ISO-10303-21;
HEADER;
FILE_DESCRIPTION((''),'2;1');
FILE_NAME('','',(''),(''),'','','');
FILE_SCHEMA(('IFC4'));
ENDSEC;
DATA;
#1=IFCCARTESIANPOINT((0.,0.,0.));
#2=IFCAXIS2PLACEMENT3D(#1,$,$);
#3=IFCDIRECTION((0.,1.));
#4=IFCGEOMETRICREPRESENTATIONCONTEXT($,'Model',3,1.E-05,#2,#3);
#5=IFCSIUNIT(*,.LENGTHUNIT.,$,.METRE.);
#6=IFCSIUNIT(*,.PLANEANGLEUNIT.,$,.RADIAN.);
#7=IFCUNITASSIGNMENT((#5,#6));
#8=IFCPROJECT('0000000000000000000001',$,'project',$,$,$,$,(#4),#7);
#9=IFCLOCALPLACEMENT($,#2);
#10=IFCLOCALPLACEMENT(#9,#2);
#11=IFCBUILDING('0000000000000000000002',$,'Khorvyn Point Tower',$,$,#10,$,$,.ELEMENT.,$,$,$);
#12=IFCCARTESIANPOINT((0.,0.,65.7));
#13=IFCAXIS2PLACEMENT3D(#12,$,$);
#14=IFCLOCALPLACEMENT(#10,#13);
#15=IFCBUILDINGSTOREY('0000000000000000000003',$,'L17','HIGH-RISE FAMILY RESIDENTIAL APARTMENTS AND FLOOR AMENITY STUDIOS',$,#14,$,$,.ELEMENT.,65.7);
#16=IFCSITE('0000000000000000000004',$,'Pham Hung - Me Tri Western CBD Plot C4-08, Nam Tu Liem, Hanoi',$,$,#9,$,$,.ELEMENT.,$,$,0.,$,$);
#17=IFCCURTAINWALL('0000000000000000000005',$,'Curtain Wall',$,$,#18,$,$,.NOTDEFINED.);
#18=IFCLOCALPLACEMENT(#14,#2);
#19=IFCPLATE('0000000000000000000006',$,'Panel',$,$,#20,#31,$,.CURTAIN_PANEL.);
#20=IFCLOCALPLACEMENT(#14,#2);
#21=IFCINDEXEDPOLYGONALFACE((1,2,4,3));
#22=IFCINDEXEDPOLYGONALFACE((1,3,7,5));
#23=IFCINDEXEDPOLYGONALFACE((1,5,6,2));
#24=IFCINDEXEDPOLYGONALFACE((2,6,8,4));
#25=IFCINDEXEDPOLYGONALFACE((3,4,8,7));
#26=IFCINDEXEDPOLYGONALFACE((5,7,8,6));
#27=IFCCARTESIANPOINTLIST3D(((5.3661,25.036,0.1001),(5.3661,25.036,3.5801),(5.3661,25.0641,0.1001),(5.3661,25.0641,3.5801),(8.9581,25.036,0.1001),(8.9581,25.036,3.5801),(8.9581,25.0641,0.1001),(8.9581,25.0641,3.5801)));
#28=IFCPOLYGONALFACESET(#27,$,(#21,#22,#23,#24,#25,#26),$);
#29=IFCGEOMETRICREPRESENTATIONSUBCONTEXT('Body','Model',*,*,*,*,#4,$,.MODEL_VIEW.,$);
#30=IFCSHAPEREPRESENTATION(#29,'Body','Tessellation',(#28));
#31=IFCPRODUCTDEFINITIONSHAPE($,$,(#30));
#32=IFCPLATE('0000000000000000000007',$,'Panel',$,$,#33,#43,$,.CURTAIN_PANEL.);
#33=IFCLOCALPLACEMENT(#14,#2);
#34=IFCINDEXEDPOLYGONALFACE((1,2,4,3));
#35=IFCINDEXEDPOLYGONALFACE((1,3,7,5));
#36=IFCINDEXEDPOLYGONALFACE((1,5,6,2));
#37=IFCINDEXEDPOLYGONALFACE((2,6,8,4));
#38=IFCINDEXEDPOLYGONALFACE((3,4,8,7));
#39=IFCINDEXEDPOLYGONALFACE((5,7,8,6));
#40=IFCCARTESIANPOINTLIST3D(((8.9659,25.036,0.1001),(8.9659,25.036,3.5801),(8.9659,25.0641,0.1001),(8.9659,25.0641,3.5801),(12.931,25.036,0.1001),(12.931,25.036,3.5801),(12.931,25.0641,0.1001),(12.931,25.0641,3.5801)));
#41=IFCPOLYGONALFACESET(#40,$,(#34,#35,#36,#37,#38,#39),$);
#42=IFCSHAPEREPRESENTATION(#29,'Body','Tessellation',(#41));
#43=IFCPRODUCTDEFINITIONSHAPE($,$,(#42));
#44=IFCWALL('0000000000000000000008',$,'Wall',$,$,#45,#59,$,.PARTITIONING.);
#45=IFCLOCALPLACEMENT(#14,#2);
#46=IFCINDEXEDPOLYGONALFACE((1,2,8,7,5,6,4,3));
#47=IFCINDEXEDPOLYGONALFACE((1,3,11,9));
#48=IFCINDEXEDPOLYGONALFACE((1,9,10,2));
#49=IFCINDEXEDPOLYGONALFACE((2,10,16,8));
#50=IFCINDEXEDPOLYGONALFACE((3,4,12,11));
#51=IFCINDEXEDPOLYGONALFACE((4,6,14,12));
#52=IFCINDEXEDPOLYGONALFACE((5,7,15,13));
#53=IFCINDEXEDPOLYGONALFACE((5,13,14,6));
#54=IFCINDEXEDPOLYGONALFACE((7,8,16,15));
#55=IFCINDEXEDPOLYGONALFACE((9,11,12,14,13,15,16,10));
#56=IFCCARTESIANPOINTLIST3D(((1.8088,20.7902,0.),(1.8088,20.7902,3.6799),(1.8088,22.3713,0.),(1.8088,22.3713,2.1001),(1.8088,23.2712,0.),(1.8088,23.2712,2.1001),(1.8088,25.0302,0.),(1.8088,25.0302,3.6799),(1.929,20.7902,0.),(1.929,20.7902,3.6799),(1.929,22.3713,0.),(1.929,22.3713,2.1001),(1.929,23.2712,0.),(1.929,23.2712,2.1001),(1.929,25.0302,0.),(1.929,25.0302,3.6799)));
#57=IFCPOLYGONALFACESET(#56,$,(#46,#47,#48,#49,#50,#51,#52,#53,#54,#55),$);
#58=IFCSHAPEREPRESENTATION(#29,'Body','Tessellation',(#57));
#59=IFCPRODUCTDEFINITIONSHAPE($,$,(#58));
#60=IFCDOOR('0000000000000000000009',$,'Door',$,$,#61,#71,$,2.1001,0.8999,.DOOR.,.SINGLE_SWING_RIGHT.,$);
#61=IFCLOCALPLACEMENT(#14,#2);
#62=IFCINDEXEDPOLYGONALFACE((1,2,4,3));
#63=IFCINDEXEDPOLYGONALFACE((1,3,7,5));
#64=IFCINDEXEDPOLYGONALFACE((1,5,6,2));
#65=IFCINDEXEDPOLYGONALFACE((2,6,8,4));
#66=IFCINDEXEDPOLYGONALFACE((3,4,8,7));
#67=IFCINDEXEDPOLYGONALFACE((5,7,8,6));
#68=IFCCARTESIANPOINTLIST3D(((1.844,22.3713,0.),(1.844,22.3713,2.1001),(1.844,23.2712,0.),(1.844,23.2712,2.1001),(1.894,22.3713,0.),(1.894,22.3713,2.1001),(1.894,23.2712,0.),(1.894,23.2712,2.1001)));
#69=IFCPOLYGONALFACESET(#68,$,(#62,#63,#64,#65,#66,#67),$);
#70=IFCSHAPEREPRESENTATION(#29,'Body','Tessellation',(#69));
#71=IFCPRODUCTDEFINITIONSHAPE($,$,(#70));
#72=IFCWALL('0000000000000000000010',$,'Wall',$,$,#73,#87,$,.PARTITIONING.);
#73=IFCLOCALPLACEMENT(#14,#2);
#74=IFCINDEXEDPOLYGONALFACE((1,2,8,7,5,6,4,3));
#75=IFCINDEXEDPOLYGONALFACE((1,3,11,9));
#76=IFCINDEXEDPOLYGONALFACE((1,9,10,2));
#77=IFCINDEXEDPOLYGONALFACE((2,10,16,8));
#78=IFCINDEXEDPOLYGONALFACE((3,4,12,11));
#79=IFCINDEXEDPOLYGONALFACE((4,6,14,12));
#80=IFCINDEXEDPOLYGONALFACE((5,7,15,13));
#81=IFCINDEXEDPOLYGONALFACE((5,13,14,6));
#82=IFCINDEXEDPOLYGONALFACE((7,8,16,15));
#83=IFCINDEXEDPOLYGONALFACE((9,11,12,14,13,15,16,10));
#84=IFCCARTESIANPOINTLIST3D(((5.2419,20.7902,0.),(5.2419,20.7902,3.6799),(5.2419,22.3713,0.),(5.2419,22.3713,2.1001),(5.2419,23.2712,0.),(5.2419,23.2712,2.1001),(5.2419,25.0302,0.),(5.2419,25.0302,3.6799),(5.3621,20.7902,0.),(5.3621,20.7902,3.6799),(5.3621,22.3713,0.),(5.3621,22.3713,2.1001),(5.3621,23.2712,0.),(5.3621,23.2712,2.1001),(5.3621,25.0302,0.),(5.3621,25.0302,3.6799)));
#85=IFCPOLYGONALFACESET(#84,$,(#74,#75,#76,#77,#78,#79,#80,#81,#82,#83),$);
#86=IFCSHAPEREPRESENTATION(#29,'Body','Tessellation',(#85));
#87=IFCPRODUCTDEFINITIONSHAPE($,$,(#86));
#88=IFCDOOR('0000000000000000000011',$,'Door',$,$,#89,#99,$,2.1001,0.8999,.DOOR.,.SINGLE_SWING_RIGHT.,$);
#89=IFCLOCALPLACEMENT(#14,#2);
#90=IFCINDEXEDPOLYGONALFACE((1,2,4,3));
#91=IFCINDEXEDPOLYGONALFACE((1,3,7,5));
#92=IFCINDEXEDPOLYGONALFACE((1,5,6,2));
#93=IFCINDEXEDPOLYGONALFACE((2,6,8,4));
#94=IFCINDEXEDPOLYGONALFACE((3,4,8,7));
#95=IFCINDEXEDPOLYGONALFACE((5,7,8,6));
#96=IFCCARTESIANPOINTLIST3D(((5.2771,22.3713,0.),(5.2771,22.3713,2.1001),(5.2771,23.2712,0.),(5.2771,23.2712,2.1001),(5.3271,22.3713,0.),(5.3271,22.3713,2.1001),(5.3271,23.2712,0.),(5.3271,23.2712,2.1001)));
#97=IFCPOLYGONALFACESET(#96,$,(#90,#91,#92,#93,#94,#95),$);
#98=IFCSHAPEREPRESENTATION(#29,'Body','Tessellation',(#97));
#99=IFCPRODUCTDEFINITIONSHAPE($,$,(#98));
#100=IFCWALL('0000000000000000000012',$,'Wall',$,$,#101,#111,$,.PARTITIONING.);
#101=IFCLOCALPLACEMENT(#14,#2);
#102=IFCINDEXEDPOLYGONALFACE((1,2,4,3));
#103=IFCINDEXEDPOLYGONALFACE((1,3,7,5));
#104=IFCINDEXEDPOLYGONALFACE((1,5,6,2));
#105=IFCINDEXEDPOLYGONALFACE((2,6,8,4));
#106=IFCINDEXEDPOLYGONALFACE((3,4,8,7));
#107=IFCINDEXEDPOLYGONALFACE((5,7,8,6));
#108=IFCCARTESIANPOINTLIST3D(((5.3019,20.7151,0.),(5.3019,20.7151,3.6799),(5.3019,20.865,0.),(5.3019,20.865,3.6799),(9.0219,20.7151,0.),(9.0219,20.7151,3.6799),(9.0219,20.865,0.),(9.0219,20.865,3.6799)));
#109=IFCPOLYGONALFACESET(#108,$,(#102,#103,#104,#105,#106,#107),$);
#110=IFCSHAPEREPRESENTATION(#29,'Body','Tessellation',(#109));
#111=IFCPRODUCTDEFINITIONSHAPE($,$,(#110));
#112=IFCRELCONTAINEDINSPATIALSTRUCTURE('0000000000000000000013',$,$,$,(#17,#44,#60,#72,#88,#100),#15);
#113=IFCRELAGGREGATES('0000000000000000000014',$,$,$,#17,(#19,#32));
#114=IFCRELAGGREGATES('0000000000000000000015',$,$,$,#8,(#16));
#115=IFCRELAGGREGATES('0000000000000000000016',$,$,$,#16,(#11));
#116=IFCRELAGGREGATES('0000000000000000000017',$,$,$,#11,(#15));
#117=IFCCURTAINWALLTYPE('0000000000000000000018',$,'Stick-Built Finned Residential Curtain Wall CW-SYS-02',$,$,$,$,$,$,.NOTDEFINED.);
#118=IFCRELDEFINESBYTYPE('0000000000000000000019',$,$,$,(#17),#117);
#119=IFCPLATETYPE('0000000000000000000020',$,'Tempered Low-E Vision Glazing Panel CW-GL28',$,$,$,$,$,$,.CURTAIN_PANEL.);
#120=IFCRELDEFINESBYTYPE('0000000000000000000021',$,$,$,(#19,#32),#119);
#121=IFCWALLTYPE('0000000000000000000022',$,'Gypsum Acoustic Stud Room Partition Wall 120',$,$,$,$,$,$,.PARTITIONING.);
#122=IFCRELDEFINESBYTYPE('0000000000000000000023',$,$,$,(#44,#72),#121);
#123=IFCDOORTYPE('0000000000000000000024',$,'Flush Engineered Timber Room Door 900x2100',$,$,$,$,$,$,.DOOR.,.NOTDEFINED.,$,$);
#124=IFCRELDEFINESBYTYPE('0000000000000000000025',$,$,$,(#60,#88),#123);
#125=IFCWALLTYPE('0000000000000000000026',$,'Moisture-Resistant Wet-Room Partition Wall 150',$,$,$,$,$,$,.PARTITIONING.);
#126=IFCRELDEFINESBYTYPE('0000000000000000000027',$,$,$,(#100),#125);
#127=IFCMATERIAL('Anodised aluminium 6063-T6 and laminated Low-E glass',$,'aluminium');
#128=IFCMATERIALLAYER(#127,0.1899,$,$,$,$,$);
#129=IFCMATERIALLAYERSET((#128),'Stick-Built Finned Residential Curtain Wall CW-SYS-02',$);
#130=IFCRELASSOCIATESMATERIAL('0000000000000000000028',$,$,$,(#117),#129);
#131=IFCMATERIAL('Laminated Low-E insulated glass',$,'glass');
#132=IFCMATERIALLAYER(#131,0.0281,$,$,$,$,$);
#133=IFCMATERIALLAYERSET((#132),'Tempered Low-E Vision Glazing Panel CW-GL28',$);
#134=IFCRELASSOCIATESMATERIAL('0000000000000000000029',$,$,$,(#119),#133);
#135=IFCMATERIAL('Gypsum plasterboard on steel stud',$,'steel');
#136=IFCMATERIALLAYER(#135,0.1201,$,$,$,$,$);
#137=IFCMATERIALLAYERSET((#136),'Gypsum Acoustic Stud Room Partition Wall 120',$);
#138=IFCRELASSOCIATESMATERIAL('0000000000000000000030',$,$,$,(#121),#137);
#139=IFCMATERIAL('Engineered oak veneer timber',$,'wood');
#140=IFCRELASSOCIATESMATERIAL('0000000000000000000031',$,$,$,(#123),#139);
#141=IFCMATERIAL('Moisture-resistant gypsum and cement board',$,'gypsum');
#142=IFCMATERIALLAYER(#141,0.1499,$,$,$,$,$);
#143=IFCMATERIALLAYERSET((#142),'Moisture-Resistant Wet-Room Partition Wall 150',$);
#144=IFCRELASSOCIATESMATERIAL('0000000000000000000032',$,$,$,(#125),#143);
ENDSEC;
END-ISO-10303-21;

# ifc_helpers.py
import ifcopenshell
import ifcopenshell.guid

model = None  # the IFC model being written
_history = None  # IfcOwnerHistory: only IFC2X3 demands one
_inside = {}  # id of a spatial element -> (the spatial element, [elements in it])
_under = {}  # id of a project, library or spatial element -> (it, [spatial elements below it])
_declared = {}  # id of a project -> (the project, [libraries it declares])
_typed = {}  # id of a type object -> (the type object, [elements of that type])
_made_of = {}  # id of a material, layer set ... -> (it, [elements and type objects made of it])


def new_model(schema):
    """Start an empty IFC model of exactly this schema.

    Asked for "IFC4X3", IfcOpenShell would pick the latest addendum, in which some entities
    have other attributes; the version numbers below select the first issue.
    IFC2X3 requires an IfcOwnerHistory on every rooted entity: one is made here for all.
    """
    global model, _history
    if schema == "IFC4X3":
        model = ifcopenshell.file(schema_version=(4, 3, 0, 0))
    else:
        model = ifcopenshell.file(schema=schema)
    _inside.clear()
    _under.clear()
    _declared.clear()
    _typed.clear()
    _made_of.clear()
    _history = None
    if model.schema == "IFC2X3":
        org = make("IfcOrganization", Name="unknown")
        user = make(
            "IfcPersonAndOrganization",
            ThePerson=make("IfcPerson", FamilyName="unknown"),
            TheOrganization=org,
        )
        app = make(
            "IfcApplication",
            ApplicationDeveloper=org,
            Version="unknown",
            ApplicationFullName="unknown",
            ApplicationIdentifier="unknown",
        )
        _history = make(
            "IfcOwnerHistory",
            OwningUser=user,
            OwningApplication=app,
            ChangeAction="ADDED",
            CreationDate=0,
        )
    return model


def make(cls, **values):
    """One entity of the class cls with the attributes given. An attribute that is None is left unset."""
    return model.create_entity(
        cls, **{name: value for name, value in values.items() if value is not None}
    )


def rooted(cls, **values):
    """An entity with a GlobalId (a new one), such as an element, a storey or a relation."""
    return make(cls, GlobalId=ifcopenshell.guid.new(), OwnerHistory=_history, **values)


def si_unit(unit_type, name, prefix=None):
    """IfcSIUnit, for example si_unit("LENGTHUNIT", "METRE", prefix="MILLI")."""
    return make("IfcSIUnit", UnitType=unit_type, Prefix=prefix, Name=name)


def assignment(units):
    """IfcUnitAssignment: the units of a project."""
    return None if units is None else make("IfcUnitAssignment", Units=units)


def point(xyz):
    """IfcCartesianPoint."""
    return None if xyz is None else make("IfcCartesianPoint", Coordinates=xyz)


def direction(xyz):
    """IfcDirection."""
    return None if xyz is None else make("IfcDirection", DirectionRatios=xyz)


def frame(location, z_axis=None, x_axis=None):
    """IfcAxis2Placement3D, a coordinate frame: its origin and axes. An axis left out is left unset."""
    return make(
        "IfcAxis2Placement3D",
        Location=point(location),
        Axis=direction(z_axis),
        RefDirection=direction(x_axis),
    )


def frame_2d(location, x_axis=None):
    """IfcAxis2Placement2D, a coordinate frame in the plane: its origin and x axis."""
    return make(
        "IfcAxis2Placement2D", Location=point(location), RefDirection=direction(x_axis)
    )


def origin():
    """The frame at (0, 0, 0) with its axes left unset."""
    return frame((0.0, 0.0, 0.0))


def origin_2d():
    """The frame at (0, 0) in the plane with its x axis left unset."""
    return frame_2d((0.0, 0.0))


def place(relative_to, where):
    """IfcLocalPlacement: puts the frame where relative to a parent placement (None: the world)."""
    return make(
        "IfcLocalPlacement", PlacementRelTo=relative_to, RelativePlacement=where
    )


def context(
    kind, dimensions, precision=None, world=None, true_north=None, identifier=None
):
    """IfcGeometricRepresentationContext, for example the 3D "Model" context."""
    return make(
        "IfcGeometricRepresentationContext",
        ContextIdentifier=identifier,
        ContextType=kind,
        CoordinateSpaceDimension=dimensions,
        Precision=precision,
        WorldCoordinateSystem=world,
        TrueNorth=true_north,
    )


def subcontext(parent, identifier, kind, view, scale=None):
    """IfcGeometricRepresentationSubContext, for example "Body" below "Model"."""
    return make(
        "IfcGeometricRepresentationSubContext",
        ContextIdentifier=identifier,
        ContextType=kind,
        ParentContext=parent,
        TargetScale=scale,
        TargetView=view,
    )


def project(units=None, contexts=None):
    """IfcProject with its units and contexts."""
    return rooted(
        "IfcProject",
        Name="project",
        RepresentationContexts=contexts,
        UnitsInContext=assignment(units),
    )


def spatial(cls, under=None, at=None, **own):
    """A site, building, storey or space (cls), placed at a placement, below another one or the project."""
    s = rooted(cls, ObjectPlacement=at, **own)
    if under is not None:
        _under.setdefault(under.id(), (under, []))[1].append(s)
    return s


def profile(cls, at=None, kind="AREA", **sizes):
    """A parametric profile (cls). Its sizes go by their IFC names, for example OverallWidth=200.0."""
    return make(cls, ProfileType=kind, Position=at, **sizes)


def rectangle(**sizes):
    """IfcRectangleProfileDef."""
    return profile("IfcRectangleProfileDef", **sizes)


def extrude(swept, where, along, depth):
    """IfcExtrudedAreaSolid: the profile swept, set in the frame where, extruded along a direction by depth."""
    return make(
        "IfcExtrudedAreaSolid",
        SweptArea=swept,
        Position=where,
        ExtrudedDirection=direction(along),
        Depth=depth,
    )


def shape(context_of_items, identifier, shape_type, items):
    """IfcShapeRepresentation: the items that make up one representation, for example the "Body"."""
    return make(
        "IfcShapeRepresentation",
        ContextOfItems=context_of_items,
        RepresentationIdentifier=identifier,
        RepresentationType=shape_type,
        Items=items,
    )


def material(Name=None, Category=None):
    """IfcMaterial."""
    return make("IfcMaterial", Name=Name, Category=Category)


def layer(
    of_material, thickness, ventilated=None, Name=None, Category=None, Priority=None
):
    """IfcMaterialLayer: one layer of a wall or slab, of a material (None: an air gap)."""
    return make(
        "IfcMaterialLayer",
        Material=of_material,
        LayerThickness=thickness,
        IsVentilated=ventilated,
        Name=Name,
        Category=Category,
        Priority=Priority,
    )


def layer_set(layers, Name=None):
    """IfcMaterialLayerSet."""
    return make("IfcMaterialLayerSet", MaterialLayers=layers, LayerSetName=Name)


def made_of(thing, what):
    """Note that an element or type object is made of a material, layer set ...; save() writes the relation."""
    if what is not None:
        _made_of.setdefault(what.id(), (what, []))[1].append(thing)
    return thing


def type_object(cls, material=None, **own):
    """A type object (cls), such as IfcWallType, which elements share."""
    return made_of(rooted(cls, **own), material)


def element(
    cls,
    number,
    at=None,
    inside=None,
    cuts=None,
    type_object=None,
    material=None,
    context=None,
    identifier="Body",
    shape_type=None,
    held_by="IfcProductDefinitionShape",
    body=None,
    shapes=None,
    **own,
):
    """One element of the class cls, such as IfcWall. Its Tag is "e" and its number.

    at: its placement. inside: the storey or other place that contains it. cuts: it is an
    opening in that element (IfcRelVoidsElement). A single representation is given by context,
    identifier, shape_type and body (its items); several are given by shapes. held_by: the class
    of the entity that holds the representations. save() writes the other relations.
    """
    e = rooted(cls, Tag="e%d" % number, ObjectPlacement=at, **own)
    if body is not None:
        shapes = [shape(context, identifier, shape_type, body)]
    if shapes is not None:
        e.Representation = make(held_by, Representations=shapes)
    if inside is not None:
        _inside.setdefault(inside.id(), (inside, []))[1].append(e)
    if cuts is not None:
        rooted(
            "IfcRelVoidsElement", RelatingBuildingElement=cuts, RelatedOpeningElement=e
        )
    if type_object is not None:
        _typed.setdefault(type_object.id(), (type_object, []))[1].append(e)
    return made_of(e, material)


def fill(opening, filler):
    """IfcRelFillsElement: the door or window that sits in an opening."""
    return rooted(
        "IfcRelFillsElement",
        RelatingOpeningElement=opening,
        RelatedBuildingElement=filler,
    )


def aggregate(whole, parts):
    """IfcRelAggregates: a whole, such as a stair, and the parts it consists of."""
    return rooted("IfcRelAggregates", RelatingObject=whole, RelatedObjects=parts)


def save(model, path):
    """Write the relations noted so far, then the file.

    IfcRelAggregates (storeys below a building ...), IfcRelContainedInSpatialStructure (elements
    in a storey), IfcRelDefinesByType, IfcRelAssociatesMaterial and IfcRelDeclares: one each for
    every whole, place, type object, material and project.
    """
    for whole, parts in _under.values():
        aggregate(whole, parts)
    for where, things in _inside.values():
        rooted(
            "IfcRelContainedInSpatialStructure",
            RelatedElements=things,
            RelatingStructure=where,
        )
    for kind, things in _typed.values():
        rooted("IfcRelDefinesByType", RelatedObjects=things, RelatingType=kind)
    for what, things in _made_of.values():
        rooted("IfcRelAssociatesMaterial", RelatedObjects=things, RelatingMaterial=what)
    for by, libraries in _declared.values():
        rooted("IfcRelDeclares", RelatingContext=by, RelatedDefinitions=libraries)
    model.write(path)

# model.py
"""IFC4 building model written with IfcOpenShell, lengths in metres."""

from ifc_helpers import new_model, si_unit, direction, frame, frame_2d, origin, origin_2d, place, context, subcontext, project, spatial, rectangle, extrude, material, layer, layer_set, type_object, element, fill, aggregate, save


model = new_model("IFC4")

# Units and contexts
model_context = context("Model", 3, precision=1e-05, world=origin(), true_north=direction((0.0, 1.0)))
body_context = subcontext(model_context, "Body", "Model", "MODEL_VIEW")
ifc_project = project(units=[si_unit("LENGTHUNIT", "METRE"), si_unit("PLANEANGLEUNIT", "RADIAN")], contexts=[model_context])

# Site, building, storey
site_placement = place(None, origin())
site = spatial("IfcSite", under=ifc_project, at=site_placement, Name="Pham Hung - Me Tri Western CBD Plot C4-08, Nam Tu Liem, Hanoi", CompositionType="ELEMENT", RefElevation=0.0)
building_placement = place(site_placement, origin())
building = spatial("IfcBuilding", under=site, at=building_placement, Name="Khorvyn Point Tower", CompositionType="ELEMENT")
storey_placement = place(building_placement, frame((0.0, 0.0, 65.7)))
storey = spatial("IfcBuildingStorey", under=building, at=storey_placement, Name="L17", Description="HIGH-RISE FAMILY RESIDENTIAL APARTMENTS AND FLOOR AMENITY STUDIOS", CompositionType="ELEMENT", Elevation=65.7)

# Curtain wall
ifc_material_1 = material(Name="Anodised aluminium 6063-T6 and laminated Low-E glass", Category="aluminium")
ifc_layer_1 = layer(ifc_material_1, 0.1899)
ifc_layer_set_1 = layer_set([ifc_layer_1], Name="Stick-Built Finned Residential Curtain Wall CW-SYS-02")
curtain_wall_type = type_object("IfcCurtainWallType", Name="Stick-Built Finned Residential Curtain Wall CW-SYS-02", PredefinedType="NOTDEFINED", material=ifc_layer_set_1)
curtain_wall_placement = place(storey_placement, origin())
curtain_wall = element("IfcCurtainWall", 1, at=curtain_wall_placement, inside=storey, type_object=curtain_wall_type, Name="Curtain Wall", PredefinedType="NOTDEFINED")

# Plates
ifc_material_2 = material(Name="Laminated Low-E insulated glass", Category="glass")
ifc_layer_2 = layer(ifc_material_2, 0.0281)
ifc_layer_set_2 = layer_set([ifc_layer_2], Name="Tempered Low-E Vision Glazing Panel CW-GL28")
plate_type = type_object("IfcPlateType", Name="Tempered Low-E Vision Glazing Panel CW-GL28", PredefinedType="CURTAIN_PANEL", material=ifc_layer_set_2)
plate_1_placement = place(storey_placement, frame((7.1621, 25.05, 0.1001), z_axis=(0.0, 0.0, 1.0), x_axis=(1.0, 0.0, 0.0)))
plate_1 = element("IfcPlate", 2, at=plate_1_placement, type_object=plate_type, Name="Panel", PredefinedType="CURTAIN_PANEL", context=body_context, shape_type="SweptSolid", body=[
    extrude(rectangle(XDim=3.592, YDim=0.0281, at=origin_2d()), origin(), (0.0, 0.0, 1.0), 3.48),
])
plate_2_placement = place(storey_placement, frame((10.9485, 25.05, 0.1001), z_axis=(0.0, 0.0, 1.0), x_axis=(1.0, 0.0, 0.0)))
plate_2 = element("IfcPlate", 3, at=plate_2_placement, type_object=plate_type, Name="Panel", PredefinedType="CURTAIN_PANEL", context=body_context, shape_type="SweptSolid", body=[
    extrude(rectangle(XDim=3.9651, YDim=0.0281, at=origin_2d()), origin(), (0.0, 0.0, 1.0), 3.48),
])
aggregate(curtain_wall, [plate_1, plate_2])

# Walls, openings, doors
ifc_material_3 = material(Name="Gypsum plasterboard on steel stud", Category="steel")
ifc_layer_3 = layer(ifc_material_3, 0.1201)
ifc_layer_set_3 = layer_set([ifc_layer_3], Name="Gypsum Acoustic Stud Room Partition Wall 120")
wall_type_1 = type_object("IfcWallType", Name="Gypsum Acoustic Stud Room Partition Wall 120", PredefinedType="PARTITIONING", material=ifc_layer_set_3)
wall_1_placement = place(storey_placement, frame((1.8689, 20.79, 0.0), z_axis=(0.0, 0.0, 1.0), x_axis=(0.0, 1.0, 0.0)))
wall_1 = element("IfcWall", 4, at=wall_1_placement, inside=storey, type_object=wall_type_1, Name="Wall", PredefinedType="PARTITIONING", context=body_context, shape_type="SweptSolid", body=[
    extrude(rectangle(XDim=4.24, YDim=0.1201, at=frame_2d((2.1201, 0.0))), origin(), (0.0, 0.0, 1.0), 3.6799),
])
opening_1_placement = place(wall_1_placement, frame((1.5813, 0.0, 0.0)))
opening_1 = element("IfcOpeningElement", 5, at=opening_1_placement, cuts=wall_1, PredefinedType="OPENING", context=body_context, shape_type="SweptSolid", body=[
    extrude(rectangle(XDim=0.8999, YDim=2.1001, at=frame_2d((0.45, 1.05))), frame((0.0, 0.0701, 0.0), z_axis=(0.0, -1.0, 0.0), x_axis=(1.0, 0.0, 0.0)), (0.0, 0.0, 1.0), 0.1401),
])
ifc_material_4 = material(Name="Engineered oak veneer timber", Category="wood")
door_type = type_object("IfcDoorType", Name="Flush Engineered Timber Room Door 900x2100", OperationType="NOTDEFINED", PredefinedType="DOOR", material=ifc_material_4)
door_1_placement = place(opening_1_placement, origin())
door_1 = element("IfcDoor", 6, at=door_1_placement, inside=storey, type_object=door_type, Name="Door", OperationType="SINGLE_SWING_RIGHT", OverallHeight=2.1001, OverallWidth=0.8999, PredefinedType="DOOR", context=body_context, shape_type="SweptSolid", body=[
    extrude(rectangle(XDim=0.8999, YDim=2.1001, at=frame_2d((0.45, 1.05))), frame((0.0, 0.0249, 0.0), z_axis=(0.0, -1.0, 0.0), x_axis=(1.0, 0.0, 0.0)), (0.0, 0.0, 1.0), 0.05),
])
fill(opening_1, door_1)
wall_2_placement = place(storey_placement, frame((5.302, 20.79, 0.0), z_axis=(0.0, 0.0, 1.0), x_axis=(0.0, 1.0, 0.0)))
wall_2 = element("IfcWall", 7, at=wall_2_placement, inside=storey, type_object=wall_type_1, Name="Wall", PredefinedType="PARTITIONING", context=body_context, shape_type="SweptSolid", body=[
    extrude(rectangle(XDim=4.24, YDim=0.1201, at=frame_2d((2.1201, 0.0))), origin(), (0.0, 0.0, 1.0), 3.6799),
])
opening_2_placement = place(wall_2_placement, frame((1.5813, 0.0, 0.0)))
opening_2 = element("IfcOpeningElement", 8, at=opening_2_placement, cuts=wall_2, PredefinedType="OPENING", context=body_context, shape_type="SweptSolid", body=[
    extrude(rectangle(XDim=0.8999, YDim=2.1001, at=frame_2d((0.45, 1.05))), frame((0.0, 0.0701, 0.0), z_axis=(0.0, -1.0, 0.0), x_axis=(1.0, 0.0, 0.0)), (0.0, 0.0, 1.0), 0.1401),
])
door_2_placement = place(opening_2_placement, origin())
door_2 = element("IfcDoor", 9, at=door_2_placement, inside=storey, type_object=door_type, Name="Door", OperationType="SINGLE_SWING_RIGHT", OverallHeight=2.1001, OverallWidth=0.8999, PredefinedType="DOOR", context=body_context, shape_type="SweptSolid", body=[
    extrude(rectangle(XDim=0.8999, YDim=2.1001, at=frame_2d((0.45, 1.05))), frame((0.0, 0.0249, 0.0), z_axis=(0.0, -1.0, 0.0), x_axis=(1.0, 0.0, 0.0)), (0.0, 0.0, 1.0), 0.05),
])
fill(opening_2, door_2)

# Wall
ifc_material_5 = material(Name="Moisture-resistant gypsum and cement board", Category="gypsum")
ifc_layer_4 = layer(ifc_material_5, 0.1499)
ifc_layer_set_4 = layer_set([ifc_layer_4], Name="Moisture-Resistant Wet-Room Partition Wall 150")
wall_type_2 = type_object("IfcWallType", Name="Moisture-Resistant Wet-Room Partition Wall 150", PredefinedType="PARTITIONING", material=ifc_layer_set_4)
wall_3_placement = place(storey_placement, frame((5.302, 20.79, 0.0), z_axis=(0.0, 0.0, 1.0), x_axis=(1.0, 0.0, 0.0)))
element("IfcWall", 10, at=wall_3_placement, inside=storey, type_object=wall_type_2, Name="Wall", PredefinedType="PARTITIONING", context=body_context, shape_type="SweptSolid", body=[
    extrude(rectangle(XDim=3.72, YDim=0.1499, at=frame_2d((1.8599, 0.0))), origin(), (0.0, 0.0, 1.0), 3.6799),
])

save(model, "model.ifc")
